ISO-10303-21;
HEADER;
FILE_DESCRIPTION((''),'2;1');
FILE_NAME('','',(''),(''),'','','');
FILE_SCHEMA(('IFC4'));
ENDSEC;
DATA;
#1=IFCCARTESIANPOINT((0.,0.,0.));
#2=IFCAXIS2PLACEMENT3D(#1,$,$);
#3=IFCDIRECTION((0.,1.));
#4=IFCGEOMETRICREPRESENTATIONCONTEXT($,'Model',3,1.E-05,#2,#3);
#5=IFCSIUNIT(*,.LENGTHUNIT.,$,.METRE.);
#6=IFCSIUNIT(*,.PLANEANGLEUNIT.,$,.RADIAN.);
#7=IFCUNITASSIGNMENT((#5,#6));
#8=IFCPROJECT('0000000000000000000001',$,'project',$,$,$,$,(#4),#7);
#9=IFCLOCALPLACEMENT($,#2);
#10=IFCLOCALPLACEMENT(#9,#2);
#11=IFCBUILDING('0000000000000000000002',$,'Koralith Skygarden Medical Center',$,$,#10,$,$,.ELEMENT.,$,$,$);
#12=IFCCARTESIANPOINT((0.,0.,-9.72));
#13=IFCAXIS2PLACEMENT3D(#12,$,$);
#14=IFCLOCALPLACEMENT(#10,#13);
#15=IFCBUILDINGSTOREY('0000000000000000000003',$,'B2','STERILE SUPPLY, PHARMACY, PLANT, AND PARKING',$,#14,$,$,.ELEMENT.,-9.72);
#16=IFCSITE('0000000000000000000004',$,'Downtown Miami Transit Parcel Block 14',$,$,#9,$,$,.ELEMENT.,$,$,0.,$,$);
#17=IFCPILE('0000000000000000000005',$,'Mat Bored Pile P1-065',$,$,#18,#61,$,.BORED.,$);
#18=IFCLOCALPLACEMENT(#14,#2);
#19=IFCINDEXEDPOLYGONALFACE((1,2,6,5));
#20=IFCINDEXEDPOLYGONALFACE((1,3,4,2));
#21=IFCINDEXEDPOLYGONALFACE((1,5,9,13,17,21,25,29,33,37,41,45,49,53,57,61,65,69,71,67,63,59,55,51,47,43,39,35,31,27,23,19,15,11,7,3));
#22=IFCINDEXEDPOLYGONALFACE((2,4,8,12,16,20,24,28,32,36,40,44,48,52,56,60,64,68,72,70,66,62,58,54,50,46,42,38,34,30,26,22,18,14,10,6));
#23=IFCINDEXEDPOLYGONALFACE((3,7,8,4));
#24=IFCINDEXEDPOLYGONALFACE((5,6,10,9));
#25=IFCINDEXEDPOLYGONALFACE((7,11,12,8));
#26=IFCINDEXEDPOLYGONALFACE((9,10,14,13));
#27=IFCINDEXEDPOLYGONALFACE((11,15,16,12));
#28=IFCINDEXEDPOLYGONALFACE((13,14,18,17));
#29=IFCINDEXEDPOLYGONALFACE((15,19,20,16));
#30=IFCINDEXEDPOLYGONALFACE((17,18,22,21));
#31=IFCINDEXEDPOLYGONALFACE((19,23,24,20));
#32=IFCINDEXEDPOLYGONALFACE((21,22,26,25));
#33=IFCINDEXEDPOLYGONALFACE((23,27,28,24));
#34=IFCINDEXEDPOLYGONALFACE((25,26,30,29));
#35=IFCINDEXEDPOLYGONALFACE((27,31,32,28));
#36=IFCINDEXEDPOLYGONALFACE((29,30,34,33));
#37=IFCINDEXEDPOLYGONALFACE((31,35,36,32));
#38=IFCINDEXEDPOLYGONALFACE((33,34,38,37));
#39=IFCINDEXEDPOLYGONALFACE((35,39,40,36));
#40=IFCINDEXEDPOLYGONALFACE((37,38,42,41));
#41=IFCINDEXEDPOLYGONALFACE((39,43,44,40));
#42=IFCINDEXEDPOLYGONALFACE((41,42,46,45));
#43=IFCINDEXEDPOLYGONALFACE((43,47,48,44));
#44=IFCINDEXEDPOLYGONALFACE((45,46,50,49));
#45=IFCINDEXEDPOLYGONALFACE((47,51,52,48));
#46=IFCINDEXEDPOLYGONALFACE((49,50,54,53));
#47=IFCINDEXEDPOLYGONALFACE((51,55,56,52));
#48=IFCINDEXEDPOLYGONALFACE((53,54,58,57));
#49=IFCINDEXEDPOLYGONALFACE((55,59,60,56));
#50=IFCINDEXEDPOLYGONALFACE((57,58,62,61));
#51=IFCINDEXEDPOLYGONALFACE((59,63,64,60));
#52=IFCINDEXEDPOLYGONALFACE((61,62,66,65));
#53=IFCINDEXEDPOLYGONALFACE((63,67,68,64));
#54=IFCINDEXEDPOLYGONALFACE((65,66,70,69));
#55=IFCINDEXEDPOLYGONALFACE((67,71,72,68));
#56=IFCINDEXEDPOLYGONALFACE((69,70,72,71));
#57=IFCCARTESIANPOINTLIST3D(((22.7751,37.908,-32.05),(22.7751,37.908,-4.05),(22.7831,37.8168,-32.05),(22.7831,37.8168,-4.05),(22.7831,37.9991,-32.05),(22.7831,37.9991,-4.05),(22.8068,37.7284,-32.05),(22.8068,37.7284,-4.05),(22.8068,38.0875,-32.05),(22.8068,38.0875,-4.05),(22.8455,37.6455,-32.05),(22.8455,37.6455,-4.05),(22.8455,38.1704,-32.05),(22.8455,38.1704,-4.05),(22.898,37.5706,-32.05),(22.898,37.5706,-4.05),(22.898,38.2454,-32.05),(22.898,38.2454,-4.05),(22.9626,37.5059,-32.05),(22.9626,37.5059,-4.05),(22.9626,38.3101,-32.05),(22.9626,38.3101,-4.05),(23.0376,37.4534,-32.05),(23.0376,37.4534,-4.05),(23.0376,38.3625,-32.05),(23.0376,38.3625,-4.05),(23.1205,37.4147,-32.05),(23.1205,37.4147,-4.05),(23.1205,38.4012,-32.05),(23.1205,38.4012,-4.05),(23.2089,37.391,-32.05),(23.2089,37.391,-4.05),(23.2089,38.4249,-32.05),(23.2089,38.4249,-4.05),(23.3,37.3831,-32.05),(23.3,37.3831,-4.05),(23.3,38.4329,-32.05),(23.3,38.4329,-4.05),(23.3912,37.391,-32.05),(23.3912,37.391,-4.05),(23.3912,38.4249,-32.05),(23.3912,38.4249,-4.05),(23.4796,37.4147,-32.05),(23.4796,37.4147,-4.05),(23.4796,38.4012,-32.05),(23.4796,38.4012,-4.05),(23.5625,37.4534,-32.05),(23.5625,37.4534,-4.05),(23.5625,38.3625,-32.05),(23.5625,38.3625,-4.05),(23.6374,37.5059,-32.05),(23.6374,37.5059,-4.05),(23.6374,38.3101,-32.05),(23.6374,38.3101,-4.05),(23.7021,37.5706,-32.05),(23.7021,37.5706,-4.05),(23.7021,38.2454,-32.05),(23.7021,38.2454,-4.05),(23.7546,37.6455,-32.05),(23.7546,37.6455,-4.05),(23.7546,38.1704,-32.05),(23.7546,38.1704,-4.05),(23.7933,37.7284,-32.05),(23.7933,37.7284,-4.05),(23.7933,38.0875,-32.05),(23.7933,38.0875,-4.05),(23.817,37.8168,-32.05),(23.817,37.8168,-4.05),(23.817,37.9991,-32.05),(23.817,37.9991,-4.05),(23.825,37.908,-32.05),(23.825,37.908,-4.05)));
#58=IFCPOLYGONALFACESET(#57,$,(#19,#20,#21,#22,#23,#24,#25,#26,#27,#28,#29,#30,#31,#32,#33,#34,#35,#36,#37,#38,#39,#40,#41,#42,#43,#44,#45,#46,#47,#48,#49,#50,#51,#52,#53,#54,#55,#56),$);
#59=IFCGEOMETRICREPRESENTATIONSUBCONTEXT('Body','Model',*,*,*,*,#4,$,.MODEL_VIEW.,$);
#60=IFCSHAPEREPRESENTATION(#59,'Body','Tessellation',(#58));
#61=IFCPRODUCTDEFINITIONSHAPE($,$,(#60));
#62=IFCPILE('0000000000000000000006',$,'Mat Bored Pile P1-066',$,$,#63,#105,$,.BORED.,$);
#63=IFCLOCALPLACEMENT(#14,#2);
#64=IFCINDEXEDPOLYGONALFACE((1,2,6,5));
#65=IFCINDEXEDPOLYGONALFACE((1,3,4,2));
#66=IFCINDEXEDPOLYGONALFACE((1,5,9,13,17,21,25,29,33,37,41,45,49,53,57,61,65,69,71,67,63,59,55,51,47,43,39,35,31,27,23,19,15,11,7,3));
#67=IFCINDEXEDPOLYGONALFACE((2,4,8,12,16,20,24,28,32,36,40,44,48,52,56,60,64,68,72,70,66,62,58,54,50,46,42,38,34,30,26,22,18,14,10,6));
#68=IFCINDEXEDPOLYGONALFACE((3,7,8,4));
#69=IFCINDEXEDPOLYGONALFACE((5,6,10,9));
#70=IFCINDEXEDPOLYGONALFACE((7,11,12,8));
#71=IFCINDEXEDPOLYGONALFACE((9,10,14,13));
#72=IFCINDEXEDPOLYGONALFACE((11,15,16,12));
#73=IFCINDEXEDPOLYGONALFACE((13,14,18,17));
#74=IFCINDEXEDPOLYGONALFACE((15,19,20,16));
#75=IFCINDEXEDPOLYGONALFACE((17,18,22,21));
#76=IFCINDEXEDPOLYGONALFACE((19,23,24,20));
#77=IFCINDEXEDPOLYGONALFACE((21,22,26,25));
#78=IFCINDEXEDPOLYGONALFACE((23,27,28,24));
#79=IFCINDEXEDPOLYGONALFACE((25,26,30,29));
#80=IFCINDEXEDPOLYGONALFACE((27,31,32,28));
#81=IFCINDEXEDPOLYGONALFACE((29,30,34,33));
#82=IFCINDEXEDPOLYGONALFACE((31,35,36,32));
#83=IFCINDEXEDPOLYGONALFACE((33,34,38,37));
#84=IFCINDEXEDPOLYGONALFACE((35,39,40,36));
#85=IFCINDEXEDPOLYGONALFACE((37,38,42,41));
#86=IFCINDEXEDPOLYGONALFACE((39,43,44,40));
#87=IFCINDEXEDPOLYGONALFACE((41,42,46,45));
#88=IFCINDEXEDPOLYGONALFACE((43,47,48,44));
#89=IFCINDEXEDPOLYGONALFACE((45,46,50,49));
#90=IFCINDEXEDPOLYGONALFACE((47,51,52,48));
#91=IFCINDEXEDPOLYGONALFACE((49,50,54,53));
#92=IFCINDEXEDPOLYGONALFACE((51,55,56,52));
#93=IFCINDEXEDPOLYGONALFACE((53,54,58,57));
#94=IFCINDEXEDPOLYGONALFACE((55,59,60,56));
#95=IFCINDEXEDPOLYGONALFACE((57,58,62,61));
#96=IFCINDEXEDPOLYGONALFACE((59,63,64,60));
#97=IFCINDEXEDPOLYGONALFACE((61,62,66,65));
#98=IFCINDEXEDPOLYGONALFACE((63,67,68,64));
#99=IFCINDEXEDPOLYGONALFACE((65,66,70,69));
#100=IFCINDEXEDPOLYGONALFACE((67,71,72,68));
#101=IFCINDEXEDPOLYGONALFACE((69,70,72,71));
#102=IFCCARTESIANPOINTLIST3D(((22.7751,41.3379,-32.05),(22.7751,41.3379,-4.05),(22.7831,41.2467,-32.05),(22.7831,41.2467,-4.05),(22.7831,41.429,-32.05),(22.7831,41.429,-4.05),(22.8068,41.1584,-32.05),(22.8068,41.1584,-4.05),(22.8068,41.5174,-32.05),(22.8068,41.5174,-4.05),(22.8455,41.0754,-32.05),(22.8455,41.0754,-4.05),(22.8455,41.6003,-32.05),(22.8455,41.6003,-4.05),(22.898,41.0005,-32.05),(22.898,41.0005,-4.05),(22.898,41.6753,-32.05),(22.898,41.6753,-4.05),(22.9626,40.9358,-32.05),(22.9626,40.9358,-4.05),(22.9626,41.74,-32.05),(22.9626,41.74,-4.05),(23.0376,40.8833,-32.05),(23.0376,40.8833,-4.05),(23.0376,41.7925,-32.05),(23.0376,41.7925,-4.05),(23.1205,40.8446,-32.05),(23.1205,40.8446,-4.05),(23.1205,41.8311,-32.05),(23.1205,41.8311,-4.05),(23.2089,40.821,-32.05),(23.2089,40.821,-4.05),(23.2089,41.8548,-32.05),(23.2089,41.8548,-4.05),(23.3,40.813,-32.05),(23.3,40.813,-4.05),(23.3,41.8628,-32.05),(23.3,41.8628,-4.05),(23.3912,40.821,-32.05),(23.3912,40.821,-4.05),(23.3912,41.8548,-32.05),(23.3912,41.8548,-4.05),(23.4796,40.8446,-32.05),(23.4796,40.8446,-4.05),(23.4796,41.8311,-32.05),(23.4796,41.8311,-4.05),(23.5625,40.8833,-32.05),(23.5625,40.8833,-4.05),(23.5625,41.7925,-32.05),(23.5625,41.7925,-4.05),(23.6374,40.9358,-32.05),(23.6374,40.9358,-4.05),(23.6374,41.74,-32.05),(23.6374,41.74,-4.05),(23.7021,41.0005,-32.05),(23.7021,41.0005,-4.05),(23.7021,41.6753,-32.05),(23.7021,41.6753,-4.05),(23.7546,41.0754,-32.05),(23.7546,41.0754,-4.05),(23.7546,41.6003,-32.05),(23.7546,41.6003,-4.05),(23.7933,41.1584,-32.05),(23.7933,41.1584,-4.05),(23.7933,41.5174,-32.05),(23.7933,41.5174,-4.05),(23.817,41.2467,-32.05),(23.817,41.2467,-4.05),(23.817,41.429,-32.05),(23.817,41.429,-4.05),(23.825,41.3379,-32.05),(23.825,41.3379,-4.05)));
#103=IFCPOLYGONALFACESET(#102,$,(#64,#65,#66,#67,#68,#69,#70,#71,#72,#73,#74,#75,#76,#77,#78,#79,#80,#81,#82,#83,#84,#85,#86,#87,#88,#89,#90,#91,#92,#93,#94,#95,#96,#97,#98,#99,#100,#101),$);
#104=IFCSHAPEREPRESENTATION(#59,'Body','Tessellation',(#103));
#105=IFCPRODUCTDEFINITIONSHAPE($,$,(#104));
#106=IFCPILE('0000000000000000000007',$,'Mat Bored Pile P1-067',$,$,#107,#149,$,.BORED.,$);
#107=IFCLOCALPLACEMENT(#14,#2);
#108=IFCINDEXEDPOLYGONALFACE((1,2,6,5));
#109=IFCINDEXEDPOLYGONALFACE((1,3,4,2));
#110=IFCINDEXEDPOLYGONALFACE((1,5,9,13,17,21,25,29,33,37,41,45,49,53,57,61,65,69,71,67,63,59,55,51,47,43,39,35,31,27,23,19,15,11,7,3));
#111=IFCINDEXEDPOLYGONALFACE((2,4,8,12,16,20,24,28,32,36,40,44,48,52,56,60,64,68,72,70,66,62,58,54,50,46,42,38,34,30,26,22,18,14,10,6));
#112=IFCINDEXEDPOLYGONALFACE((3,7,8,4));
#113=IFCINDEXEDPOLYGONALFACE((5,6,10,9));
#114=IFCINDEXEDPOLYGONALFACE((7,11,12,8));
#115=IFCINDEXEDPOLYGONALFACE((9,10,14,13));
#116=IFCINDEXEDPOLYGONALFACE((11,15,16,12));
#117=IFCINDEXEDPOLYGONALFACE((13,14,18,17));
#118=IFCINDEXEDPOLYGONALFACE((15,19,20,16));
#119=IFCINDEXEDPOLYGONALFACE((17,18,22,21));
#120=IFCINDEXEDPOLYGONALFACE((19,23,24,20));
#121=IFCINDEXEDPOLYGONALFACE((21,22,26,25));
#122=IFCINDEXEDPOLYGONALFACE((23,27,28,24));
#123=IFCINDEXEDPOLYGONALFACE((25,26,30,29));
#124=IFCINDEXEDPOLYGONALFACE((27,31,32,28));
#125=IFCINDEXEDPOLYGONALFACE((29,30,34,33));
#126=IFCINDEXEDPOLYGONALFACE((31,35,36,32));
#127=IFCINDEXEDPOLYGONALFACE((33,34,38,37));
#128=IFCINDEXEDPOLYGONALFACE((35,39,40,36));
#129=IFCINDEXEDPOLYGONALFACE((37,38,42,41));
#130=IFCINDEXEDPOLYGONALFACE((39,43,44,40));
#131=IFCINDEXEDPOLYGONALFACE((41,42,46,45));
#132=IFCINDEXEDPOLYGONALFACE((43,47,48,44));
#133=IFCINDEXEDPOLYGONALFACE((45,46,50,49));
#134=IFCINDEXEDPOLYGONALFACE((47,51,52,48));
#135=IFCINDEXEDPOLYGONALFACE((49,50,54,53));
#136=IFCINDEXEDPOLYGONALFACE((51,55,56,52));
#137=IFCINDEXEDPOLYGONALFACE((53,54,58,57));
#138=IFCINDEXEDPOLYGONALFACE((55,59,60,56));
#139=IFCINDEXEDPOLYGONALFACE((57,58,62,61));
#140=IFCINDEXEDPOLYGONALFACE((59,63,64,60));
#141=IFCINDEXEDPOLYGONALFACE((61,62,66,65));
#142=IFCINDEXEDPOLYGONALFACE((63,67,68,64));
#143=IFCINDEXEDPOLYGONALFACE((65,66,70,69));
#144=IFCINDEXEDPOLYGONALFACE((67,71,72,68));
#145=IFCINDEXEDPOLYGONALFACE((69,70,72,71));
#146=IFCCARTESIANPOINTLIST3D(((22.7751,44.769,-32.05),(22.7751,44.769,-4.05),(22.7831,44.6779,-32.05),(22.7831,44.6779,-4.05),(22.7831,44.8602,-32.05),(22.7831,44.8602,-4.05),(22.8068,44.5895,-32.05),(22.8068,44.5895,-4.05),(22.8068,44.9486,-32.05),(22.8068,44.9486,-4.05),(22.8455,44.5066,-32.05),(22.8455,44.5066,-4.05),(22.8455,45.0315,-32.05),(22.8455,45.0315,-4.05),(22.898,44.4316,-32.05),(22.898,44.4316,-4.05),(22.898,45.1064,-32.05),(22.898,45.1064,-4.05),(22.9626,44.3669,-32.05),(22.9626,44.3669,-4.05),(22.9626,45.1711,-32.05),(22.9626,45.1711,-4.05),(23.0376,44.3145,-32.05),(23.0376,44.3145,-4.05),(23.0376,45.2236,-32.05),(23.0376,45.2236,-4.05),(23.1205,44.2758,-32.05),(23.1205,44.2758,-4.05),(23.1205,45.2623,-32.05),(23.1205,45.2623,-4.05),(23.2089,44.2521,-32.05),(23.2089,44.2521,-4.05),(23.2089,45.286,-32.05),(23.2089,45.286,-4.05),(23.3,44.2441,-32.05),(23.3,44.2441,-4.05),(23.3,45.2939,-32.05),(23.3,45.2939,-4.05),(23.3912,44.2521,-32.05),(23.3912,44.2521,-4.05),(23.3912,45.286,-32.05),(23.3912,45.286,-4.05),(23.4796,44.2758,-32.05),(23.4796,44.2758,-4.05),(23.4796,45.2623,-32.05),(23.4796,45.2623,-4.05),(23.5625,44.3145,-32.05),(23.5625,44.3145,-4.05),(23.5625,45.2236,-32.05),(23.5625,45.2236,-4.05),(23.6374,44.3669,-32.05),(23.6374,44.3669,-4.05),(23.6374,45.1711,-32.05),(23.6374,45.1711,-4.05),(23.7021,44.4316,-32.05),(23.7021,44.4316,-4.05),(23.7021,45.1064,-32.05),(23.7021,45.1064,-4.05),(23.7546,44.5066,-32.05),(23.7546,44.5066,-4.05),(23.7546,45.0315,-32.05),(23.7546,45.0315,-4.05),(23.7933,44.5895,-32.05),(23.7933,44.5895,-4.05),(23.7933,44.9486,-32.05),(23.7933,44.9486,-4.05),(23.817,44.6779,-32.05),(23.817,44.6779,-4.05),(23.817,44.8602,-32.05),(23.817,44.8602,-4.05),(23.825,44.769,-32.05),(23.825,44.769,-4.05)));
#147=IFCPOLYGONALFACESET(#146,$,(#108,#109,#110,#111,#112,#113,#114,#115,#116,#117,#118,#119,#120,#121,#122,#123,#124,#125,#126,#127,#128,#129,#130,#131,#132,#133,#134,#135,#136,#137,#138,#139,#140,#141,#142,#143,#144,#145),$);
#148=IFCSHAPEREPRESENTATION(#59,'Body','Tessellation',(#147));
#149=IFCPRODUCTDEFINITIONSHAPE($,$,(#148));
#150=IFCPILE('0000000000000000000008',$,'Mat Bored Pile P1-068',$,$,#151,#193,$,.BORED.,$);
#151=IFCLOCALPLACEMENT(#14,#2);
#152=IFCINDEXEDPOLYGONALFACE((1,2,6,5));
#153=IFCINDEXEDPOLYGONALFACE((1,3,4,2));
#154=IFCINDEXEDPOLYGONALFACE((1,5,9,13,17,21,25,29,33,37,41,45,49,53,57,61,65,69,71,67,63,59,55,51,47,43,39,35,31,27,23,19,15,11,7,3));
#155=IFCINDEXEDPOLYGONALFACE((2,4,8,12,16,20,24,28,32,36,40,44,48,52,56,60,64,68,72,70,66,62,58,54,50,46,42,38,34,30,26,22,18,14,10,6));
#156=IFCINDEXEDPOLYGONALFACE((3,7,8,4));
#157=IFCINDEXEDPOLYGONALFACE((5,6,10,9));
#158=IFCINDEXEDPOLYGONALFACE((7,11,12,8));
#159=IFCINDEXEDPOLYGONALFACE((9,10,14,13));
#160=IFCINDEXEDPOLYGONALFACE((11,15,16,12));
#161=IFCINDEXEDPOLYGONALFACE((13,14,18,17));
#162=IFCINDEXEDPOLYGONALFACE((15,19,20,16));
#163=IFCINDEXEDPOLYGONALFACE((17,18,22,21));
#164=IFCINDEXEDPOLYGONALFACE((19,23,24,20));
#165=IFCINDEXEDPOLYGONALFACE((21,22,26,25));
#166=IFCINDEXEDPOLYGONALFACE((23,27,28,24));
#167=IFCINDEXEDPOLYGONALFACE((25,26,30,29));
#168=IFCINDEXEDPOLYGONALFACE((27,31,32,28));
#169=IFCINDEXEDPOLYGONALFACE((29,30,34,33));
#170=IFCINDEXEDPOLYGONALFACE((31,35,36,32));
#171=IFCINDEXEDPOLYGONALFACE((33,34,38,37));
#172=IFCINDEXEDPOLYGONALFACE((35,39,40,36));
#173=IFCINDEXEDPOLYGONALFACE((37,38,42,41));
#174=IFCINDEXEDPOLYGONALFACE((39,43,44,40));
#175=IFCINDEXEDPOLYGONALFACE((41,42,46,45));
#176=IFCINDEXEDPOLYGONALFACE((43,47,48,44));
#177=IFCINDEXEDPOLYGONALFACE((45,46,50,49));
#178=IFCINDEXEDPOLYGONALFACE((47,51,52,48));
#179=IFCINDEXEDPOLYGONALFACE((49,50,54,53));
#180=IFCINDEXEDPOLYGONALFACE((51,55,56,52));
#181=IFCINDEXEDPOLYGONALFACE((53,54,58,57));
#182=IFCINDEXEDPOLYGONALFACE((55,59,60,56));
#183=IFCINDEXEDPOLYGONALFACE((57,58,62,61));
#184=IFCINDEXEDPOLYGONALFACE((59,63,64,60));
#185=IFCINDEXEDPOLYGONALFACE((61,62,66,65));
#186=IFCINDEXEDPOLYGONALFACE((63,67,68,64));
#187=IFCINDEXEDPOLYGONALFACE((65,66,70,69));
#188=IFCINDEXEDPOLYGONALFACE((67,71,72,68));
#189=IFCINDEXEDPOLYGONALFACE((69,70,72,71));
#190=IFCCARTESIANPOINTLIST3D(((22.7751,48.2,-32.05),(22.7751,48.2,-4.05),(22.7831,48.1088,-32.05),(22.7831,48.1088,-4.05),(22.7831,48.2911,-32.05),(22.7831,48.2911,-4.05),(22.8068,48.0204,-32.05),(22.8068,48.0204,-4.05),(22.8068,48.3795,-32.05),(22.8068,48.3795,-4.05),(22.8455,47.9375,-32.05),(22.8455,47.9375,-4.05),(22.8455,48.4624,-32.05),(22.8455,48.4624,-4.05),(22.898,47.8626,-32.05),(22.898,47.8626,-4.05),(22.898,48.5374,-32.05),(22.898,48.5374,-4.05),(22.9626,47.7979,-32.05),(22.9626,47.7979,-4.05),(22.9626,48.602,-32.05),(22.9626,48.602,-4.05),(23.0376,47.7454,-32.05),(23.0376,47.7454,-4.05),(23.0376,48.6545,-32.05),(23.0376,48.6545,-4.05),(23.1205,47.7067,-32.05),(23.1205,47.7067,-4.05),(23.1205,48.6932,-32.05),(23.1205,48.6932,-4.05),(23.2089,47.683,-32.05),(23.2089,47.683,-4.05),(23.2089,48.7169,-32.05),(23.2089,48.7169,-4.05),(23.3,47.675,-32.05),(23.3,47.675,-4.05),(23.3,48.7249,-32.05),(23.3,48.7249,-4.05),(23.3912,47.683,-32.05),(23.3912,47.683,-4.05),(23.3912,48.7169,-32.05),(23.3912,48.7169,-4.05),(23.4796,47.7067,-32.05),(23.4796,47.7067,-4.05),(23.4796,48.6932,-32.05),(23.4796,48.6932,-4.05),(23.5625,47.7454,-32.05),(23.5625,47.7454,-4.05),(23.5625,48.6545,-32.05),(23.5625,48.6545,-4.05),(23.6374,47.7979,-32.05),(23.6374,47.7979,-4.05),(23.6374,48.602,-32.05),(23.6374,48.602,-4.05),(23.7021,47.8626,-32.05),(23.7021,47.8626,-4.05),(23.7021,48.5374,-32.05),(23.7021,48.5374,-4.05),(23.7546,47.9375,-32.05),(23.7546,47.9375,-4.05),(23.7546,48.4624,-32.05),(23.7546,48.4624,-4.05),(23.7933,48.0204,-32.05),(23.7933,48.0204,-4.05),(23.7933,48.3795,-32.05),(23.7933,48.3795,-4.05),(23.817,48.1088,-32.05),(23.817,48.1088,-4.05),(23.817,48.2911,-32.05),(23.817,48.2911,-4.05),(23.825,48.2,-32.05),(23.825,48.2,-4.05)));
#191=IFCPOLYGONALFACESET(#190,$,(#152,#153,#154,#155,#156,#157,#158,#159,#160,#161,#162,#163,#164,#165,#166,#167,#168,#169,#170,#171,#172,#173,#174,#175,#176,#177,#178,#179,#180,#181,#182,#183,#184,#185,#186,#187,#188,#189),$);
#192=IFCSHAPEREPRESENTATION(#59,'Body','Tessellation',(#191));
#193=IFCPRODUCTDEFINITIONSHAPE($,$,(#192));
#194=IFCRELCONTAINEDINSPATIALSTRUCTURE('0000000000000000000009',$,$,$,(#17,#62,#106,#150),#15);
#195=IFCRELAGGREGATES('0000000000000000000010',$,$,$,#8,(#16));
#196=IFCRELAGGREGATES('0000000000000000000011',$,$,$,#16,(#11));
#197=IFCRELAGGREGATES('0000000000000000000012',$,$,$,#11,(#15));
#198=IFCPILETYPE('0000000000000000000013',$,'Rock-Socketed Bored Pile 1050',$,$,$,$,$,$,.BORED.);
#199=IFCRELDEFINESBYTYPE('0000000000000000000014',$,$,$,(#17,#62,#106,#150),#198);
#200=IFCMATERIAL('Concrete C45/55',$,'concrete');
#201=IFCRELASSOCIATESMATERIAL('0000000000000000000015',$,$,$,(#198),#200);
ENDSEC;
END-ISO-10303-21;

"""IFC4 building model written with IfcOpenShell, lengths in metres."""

from ifc_helpers import new_model, si_unit, direction, frame, origin, origin_2d, place, context, subcontext, project, spatial, circle, extrude, material, material_profile, profile_set, type_object, element, save


model = new_model("IFC4")

# Units and contexts
model_context = context("Model", 3, precision=1e-05, world=origin(), true_north=direction((0.0, 1.0)))
body_context = subcontext(model_context, "Body", "Model", "MODEL_VIEW")
ifc_project = project(units=[si_unit("LENGTHUNIT", "METRE"), si_unit("PLANEANGLEUNIT", "RADIAN")], contexts=[model_context])

# Site, building, storey
site_placement = place(None, origin())
site = spatial("IfcSite", under=ifc_project, at=site_placement, Name="Downtown Miami Transit Parcel Block 14", CompositionType="ELEMENT", RefElevation=0.0)
building_placement = place(site_placement, origin())
building = spatial("IfcBuilding", under=site, at=building_placement, Name="Koralith Skygarden Medical Center", CompositionType="ELEMENT")
storey_placement = place(building_placement, frame((0.0, 0.0, -9.72)))
storey = spatial("IfcBuildingStorey", under=building, at=storey_placement, Name="B2", Description="STERILE SUPPLY, PHARMACY, PLANT, AND PARKING", CompositionType="ELEMENT", Elevation=-9.72)

# Piles
ifc_material_1 = material(Name="Concrete C45/55", Category="concrete")
ifc_material_profile_1 = material_profile(ifc_material_1, circle(Radius=0.5249, at=origin_2d()), Name="PILE1050")
ifc_profile_set_1 = profile_set([ifc_material_profile_1], Name="Concrete C45/55")
pile_type_1 = type_object("IfcPileType", Name="Rock-Socketed Bored Pile 1050", PredefinedType="BORED", material=ifc_profile_set_1)
for number, where, z_axis, x_axis, name in (
    (1, (23.3, 37.908, -4.05), (0.0, 0.0, -1.0), (1.0, 0.0, 0.0), "Mat Bored Pile P1-065"),
    (2, (23.3, 41.3379, -4.05), (0.0, 0.0, -1.0), (1.0, 0.0, 0.0), "Mat Bored Pile P1-066"),
    (3, (23.3, 44.769, -4.05), (0.0, 0.0, -1.0), (1.0, 0.0, 0.0), "Mat Bored Pile P1-067"),
    (4, (23.3, 48.2, -4.05), (0.0, 0.0, -1.0), (1.0, 0.0, 0.0), "Mat Bored Pile P1-068"),
):
    element("IfcPile", number, at=place(storey_placement, frame(where, z_axis=z_axis, x_axis=x_axis)), inside=storey, type_object=pile_type_1, Name=name, PredefinedType="BORED", context=body_context, shape_type="SweptSolid", body=[
        extrude(circle(Radius=0.5249, at=origin_2d()), origin(), (0.0, 0.0, 1.0), 28.0),
    ])

save(model, "model.ifc")
